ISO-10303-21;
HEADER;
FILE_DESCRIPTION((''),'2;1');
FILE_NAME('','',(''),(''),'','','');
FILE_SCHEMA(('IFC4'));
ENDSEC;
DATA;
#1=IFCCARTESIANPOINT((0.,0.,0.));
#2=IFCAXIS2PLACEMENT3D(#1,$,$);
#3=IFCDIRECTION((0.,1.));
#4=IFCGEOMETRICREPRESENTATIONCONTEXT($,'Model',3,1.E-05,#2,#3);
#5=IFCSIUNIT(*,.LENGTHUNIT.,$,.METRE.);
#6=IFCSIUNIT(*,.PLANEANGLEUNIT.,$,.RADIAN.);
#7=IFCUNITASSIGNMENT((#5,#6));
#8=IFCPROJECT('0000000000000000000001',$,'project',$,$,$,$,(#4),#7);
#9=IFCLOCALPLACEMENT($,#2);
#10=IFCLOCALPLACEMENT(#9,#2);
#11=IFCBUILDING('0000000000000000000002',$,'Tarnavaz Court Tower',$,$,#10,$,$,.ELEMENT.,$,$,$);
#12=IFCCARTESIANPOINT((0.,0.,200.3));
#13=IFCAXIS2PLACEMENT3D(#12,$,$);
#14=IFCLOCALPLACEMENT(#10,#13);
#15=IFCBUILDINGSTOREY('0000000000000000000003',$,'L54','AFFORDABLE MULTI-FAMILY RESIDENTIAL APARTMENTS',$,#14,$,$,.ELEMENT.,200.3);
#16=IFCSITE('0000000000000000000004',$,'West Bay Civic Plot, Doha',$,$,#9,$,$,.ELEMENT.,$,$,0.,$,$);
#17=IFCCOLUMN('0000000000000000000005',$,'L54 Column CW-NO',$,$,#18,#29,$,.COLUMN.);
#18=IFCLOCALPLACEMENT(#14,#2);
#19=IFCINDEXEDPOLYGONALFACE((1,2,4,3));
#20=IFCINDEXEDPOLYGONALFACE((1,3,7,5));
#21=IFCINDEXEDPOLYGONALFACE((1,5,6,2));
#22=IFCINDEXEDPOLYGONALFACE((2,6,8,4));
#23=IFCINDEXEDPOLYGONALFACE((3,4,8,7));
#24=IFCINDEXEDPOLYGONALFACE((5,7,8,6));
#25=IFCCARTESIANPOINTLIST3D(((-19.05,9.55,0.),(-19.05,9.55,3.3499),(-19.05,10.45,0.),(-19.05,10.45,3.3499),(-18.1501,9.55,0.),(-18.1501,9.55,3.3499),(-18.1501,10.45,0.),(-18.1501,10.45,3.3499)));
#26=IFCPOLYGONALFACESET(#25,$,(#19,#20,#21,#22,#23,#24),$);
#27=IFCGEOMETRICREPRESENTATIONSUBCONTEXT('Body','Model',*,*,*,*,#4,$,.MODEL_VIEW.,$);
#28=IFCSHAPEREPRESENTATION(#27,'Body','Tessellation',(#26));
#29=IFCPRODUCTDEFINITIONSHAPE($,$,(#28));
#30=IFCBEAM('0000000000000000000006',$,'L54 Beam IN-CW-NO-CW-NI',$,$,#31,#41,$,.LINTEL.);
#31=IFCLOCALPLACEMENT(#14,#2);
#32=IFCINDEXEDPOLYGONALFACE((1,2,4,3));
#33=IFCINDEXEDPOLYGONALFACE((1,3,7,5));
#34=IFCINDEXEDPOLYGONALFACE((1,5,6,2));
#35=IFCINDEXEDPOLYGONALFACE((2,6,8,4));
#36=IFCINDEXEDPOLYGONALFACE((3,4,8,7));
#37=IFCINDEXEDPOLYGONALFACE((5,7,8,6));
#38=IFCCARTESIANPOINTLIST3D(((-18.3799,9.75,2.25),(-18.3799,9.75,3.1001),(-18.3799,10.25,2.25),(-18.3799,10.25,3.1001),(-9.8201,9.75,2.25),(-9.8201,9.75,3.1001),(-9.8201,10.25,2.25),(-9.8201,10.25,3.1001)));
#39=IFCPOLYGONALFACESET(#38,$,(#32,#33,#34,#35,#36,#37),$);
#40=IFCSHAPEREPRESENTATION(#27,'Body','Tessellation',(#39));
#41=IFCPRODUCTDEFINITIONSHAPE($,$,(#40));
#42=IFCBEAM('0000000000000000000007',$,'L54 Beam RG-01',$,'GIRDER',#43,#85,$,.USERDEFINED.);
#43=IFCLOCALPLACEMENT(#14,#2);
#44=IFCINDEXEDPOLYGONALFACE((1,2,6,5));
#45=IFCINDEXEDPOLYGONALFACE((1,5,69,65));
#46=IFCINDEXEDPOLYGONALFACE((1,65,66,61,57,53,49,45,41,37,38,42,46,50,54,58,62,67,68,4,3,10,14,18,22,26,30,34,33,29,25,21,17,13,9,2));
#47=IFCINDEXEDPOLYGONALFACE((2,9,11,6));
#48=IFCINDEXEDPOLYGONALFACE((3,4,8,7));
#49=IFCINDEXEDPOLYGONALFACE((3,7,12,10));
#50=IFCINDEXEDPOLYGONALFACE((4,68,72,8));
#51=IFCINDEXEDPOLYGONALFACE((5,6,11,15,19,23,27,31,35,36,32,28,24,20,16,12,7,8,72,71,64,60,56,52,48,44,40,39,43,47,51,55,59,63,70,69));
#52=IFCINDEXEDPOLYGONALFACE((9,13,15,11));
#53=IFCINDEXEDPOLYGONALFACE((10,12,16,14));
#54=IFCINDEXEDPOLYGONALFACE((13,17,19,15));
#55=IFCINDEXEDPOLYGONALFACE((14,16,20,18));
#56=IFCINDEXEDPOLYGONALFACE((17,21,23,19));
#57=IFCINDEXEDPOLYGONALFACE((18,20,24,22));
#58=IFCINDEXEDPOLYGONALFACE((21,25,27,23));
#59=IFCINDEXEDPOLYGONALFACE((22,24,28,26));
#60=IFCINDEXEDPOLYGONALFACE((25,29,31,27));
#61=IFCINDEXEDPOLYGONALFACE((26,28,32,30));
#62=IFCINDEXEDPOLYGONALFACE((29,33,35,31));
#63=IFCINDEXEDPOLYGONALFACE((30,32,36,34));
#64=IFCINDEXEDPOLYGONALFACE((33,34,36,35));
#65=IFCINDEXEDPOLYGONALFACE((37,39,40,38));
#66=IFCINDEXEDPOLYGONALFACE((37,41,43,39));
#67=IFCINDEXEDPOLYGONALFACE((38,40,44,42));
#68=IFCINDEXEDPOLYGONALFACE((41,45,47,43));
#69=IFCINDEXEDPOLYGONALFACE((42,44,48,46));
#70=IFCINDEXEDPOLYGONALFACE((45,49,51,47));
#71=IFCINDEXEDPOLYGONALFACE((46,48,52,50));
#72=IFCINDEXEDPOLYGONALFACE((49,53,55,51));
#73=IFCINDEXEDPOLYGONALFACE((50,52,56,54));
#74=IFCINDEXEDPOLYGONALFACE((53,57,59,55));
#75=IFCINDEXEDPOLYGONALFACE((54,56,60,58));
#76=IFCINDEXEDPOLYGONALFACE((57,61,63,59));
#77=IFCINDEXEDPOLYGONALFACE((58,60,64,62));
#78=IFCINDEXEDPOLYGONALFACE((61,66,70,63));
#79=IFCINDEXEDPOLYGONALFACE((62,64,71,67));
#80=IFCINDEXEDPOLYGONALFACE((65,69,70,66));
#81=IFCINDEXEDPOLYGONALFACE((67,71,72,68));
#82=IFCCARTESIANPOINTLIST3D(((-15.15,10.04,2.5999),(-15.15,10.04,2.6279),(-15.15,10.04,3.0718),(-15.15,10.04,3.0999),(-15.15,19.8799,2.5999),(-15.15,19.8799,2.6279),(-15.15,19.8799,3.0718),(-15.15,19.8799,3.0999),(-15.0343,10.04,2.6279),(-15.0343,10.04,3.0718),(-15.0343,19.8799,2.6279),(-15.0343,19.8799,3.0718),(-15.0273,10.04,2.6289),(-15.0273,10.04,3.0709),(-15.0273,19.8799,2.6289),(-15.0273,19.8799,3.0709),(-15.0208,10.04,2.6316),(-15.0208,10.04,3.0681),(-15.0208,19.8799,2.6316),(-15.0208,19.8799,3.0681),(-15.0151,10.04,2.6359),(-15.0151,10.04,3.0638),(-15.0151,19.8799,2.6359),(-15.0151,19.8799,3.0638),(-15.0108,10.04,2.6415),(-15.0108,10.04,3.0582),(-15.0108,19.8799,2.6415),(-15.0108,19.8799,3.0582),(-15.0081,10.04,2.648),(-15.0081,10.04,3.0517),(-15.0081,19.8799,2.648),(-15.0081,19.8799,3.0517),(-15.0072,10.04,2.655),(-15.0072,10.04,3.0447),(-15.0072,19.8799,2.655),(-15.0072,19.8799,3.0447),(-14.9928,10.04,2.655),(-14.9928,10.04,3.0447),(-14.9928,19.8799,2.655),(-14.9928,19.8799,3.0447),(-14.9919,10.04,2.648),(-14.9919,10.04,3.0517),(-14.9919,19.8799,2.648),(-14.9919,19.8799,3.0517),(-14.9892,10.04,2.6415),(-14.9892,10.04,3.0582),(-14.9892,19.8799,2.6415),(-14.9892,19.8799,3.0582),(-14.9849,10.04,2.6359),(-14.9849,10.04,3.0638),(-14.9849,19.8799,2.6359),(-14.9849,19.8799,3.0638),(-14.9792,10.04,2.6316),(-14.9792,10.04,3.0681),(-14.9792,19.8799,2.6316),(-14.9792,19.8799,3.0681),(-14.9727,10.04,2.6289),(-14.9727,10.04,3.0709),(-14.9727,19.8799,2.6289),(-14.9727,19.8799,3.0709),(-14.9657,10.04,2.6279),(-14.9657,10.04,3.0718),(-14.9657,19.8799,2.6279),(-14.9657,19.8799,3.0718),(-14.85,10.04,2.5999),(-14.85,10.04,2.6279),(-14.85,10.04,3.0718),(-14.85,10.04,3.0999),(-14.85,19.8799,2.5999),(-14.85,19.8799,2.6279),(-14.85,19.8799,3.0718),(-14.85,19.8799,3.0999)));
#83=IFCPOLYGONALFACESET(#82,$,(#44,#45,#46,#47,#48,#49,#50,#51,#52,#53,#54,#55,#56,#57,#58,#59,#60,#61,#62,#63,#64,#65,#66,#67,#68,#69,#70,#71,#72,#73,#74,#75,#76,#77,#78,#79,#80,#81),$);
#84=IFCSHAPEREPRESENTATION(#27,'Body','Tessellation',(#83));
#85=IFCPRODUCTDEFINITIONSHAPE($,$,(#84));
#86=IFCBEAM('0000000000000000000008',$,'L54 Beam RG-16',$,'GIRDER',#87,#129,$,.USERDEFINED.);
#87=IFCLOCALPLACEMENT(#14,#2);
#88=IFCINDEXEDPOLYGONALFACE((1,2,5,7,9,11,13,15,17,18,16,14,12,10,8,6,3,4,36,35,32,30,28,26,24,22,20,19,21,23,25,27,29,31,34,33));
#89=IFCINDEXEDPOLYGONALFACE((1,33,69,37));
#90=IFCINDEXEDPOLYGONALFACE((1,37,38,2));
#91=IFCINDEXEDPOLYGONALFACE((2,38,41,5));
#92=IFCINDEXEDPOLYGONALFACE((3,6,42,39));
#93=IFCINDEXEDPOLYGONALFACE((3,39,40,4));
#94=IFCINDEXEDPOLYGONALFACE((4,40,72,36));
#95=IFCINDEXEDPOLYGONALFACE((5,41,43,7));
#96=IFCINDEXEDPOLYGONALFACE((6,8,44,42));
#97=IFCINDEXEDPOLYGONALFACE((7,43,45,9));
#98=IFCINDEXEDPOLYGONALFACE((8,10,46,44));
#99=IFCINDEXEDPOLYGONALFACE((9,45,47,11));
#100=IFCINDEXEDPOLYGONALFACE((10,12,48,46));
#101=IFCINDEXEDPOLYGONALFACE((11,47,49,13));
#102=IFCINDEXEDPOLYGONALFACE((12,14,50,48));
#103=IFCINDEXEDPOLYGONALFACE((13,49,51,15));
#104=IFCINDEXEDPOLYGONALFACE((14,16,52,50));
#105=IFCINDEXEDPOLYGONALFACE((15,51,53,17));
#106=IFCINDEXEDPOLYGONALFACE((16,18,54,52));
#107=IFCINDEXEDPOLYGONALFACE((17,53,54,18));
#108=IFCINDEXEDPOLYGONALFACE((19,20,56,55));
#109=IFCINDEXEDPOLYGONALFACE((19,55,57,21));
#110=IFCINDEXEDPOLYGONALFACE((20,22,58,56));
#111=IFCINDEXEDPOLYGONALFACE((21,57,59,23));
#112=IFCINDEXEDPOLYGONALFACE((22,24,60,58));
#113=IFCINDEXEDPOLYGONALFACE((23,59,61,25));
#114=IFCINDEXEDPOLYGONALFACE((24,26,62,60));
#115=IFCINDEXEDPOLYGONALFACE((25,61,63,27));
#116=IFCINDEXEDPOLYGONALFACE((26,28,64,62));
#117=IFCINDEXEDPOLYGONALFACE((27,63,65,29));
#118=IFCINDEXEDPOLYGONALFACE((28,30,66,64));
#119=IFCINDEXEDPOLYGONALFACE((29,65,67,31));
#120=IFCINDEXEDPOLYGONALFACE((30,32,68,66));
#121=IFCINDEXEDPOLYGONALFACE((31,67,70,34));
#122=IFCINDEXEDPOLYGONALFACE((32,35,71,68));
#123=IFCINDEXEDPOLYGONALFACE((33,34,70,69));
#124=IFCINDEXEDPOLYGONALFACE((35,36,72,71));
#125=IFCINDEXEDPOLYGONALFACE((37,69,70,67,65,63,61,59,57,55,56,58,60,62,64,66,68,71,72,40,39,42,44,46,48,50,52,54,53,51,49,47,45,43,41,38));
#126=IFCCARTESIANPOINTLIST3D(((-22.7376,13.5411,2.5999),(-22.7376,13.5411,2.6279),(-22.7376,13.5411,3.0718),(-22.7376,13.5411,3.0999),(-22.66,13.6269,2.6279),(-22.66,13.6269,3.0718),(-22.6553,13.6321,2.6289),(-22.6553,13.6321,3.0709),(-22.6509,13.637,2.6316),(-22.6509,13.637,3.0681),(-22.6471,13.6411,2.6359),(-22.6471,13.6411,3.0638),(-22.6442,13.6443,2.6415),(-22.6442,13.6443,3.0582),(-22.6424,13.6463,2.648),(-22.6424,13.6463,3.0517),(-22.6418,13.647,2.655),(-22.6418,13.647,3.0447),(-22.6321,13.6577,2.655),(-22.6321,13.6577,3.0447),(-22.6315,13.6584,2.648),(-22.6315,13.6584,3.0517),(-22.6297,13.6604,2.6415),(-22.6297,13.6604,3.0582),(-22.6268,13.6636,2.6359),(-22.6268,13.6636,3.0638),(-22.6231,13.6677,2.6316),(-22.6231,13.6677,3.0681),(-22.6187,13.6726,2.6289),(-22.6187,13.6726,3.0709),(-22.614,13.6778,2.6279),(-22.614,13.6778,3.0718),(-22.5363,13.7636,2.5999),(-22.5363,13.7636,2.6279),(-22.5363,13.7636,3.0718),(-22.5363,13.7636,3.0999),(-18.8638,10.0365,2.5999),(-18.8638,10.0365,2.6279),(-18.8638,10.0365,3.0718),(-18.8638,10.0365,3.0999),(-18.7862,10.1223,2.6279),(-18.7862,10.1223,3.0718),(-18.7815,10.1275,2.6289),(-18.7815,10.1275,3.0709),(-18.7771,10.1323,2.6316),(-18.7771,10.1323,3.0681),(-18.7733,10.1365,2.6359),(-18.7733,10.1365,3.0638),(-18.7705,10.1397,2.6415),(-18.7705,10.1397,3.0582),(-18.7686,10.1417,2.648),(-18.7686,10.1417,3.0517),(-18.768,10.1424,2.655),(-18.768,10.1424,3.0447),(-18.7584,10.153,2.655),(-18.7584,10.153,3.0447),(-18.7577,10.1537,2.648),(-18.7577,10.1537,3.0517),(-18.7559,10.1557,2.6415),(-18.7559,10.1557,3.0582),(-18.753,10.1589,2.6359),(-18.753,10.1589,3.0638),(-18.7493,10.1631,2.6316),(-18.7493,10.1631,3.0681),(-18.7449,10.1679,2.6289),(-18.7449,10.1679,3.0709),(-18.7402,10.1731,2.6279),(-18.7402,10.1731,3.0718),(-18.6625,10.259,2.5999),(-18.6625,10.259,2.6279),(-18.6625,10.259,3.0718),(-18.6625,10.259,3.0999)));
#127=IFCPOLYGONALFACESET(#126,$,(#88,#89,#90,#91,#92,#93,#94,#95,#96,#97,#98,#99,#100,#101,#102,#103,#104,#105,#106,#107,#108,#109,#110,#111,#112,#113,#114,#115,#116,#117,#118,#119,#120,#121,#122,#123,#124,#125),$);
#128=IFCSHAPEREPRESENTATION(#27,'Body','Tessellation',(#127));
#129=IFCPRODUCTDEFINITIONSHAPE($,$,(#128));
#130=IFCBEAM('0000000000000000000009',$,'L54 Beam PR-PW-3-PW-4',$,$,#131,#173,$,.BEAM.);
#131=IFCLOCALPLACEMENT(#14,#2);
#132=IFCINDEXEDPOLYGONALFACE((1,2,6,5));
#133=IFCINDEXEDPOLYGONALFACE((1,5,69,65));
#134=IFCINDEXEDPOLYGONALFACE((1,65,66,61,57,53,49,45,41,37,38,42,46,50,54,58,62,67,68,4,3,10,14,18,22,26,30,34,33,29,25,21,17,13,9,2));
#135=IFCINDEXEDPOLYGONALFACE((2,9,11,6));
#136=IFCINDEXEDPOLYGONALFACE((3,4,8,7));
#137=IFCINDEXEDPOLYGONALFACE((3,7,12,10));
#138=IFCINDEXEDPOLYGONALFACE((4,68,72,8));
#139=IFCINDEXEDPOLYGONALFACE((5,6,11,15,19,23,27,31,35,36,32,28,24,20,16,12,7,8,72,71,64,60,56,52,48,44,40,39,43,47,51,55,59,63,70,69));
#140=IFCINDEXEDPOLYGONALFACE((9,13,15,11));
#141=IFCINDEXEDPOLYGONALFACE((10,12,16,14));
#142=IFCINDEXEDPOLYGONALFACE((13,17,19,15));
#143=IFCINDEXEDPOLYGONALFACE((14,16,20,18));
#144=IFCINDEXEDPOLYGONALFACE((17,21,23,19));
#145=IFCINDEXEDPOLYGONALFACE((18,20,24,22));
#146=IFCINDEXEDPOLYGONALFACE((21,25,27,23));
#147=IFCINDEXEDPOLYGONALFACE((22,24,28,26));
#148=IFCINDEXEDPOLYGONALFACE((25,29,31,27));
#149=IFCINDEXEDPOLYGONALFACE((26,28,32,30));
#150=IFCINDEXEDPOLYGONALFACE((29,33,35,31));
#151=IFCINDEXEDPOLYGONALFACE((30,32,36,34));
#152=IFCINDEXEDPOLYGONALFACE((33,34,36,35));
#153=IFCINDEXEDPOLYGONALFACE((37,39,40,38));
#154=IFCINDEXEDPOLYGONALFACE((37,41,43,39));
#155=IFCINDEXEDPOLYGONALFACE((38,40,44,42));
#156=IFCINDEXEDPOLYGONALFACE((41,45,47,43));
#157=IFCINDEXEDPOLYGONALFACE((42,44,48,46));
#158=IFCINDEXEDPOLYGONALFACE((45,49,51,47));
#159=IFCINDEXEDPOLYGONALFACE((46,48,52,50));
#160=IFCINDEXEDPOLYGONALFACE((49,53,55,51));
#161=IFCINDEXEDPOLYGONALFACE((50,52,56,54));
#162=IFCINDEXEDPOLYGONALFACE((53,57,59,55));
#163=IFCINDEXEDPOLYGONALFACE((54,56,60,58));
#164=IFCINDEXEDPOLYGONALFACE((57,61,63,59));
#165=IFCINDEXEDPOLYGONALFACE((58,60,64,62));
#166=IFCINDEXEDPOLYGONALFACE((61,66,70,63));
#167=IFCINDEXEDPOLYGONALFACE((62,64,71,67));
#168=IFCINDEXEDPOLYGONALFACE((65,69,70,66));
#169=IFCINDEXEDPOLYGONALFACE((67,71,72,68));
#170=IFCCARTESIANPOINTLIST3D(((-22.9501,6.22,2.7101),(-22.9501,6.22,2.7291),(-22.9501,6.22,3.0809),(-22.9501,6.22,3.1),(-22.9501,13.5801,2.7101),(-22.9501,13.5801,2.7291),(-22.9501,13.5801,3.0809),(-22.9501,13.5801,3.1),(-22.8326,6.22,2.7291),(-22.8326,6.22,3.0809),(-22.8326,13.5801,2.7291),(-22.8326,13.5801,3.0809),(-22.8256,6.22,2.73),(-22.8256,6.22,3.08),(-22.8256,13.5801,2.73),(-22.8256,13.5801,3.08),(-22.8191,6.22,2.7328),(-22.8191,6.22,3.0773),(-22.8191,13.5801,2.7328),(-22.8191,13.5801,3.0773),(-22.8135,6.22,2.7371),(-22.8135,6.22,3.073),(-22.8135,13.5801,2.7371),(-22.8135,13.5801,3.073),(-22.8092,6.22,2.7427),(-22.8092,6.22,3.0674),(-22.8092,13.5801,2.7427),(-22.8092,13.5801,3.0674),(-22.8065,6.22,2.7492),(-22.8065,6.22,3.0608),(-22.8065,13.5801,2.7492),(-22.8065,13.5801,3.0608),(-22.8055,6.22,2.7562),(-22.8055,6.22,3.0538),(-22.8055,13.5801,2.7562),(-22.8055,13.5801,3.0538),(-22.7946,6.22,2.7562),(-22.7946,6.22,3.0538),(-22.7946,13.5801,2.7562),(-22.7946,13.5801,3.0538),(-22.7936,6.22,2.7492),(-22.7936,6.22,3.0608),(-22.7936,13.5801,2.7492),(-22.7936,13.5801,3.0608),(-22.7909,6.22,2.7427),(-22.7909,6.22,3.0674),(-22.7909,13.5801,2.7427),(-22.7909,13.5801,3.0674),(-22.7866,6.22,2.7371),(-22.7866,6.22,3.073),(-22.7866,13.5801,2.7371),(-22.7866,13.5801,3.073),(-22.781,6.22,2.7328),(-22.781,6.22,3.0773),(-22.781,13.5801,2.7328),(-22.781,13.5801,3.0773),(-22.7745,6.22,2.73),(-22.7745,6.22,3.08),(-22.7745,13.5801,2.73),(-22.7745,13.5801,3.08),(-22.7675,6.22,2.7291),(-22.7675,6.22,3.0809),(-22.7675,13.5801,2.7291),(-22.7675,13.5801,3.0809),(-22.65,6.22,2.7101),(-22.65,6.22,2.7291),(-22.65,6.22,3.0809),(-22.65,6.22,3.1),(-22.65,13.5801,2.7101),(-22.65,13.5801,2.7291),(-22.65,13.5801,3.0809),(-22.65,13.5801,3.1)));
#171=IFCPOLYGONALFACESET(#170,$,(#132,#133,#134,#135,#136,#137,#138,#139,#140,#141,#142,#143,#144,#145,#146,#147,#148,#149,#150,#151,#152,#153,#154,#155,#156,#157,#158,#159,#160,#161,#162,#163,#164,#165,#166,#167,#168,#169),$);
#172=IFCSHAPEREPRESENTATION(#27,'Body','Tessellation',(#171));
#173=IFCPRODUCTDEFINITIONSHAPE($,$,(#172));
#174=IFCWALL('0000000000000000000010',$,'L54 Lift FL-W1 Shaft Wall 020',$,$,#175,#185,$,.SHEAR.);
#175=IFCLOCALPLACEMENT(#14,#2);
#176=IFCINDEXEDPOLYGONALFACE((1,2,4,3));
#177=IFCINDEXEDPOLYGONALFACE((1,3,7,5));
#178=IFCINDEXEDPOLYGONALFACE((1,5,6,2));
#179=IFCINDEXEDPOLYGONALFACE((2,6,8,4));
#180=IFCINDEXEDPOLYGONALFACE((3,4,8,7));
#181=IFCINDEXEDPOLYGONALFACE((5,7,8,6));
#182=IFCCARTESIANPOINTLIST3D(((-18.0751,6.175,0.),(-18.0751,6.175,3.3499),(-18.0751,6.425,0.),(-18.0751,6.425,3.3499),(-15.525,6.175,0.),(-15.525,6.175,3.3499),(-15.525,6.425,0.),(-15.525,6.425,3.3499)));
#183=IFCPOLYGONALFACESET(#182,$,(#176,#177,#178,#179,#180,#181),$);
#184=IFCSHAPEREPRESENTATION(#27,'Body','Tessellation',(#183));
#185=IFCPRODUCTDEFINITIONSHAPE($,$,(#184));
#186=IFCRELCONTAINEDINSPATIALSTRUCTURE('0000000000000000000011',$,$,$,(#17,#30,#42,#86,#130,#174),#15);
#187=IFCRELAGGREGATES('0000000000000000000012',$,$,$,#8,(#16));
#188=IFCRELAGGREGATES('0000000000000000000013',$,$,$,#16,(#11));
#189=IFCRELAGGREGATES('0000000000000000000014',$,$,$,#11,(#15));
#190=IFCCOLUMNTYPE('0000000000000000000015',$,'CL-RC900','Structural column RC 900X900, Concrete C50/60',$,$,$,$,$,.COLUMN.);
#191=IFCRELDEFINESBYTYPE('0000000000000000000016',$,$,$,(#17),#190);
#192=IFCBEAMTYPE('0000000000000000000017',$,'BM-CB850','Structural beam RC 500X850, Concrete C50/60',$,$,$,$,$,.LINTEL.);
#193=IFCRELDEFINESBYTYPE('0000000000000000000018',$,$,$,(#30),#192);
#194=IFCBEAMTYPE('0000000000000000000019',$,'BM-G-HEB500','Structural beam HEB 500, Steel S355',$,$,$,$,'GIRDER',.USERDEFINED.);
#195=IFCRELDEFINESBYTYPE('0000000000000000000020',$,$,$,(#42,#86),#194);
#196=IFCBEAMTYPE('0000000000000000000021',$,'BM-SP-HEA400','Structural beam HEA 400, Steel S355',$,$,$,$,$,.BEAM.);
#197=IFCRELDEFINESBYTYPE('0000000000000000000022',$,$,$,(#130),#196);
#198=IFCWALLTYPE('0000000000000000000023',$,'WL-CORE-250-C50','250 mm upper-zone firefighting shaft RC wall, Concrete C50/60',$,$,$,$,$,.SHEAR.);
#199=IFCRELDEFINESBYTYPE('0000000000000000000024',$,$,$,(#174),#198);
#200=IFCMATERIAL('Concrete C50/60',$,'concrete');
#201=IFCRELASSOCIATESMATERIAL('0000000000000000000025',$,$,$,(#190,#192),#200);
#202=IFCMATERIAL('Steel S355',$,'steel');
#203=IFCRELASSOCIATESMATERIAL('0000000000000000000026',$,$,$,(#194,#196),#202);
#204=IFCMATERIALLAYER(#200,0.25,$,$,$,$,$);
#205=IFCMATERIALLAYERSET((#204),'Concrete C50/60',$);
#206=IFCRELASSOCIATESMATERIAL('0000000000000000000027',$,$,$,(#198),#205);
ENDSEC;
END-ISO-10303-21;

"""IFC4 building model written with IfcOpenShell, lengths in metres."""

from ifc_helpers import new_model, si_unit, direction, frame, frame_2d, origin, origin_2d, place, context, subcontext, project, spatial, rectangle, i_section, extrude, material, layer, layer_set, material_profile, profile_set, type_object, element, save


model = new_model("IFC4")

# Units and contexts
model_context = context("Model", 3, precision=1e-05, world=origin(), true_north=direction((0.0, 1.0)))
body_context = subcontext(model_context, "Body", "Model", "MODEL_VIEW")
ifc_project = project(units=[si_unit("LENGTHUNIT", "METRE"), si_unit("PLANEANGLEUNIT", "RADIAN")], contexts=[model_context])

# Site, building, storey
site_placement = place(None, origin())
site = spatial("IfcSite", under=ifc_project, at=site_placement, Name="West Bay Civic Plot, Doha", CompositionType="ELEMENT", RefElevation=0.0)
building_placement = place(site_placement, origin())
building = spatial("IfcBuilding", under=site, at=building_placement, Name="Tarnavaz Court Tower", CompositionType="ELEMENT")
storey_placement = place(building_placement, frame((0.0, 0.0, 200.3)))
storey = spatial("IfcBuildingStorey", under=building, at=storey_placement, Name="L54", Description="AFFORDABLE MULTI-FAMILY RESIDENTIAL APARTMENTS", CompositionType="ELEMENT", Elevation=200.3)

# Column
ifc_material_1 = material(Name="Concrete C50/60", Category="concrete")
ifc_material_profile_1 = material_profile(ifc_material_1, rectangle(XDim=0.8999, YDim=0.8999, at=origin_2d()), Name="RC 900X900")
ifc_profile_set_1 = profile_set([ifc_material_profile_1], Name="Concrete C50/60")
column_type = type_object("IfcColumnType", Name="CL-RC900", Description="Structural column RC 900X900, Concrete C50/60", PredefinedType="COLUMN", material=ifc_profile_set_1)
column_placement = place(storey_placement, frame((-18.6001, 10.0, 0.0), z_axis=(0.0, 0.0, 1.0), x_axis=(1.0, 0.0, 0.0)))
element("IfcColumn", 1, at=column_placement, inside=storey, type_object=column_type, Name="L54 Column CW-NO", PredefinedType="COLUMN", context=body_context, shape_type="SweptSolid", body=[
    extrude(rectangle(XDim=0.8999, YDim=0.8999, at=origin_2d()), origin(), (0.0, 0.0, 1.0), 3.3499),
])

# Beams
ifc_material_profile_2 = material_profile(ifc_material_1, rectangle(XDim=0.5, YDim=0.8501, at=origin_2d()), Name="RC 500X850")
ifc_profile_set_2 = profile_set([ifc_material_profile_2], Name="Concrete C50/60")
beam_type_1 = type_object("IfcBeamType", Name="BM-CB850", Description="Structural beam RC 500X850, Concrete C50/60", PredefinedType="LINTEL", material=ifc_profile_set_2)
beam_1_placement = place(storey_placement, frame((-18.3799, 10.0, 2.675), z_axis=(1.0, 0.0, 0.0), x_axis=(0.0, 1.0, 0.0)))
element("IfcBeam", 2, at=beam_1_placement, inside=storey, type_object=beam_type_1, Name="L54 Beam IN-CW-NO-CW-NI", PredefinedType="LINTEL", context=body_context, shape_type="SweptSolid", body=[
    extrude(rectangle(XDim=0.5, YDim=0.8501, at=origin_2d()), origin(), (0.0, 0.0, 1.0), 8.5598),
])
ifc_material_2 = material(Name="Steel S355", Category="steel")
ifc_material_profile_3 = material_profile(ifc_material_2, i_section(OverallWidth=0.3, OverallDepth=0.5, WebThickness=0.0144, FlangeThickness=0.0281, FilletRadius=0.0271, at=origin_2d()), Name="HEB 500")
ifc_profile_set_3 = profile_set([ifc_material_profile_3], Name="Steel S355")
beam_type_2 = type_object("IfcBeamType", Name="BM-G-HEB500", Description="Structural beam HEB 500, Steel S355", ElementType="GIRDER", PredefinedType="USERDEFINED", material=ifc_profile_set_3)
beam_2_placement = place(storey_placement, frame((-15.0, 10.04, 2.8499), z_axis=(0.0, 1.0, 0.0), x_axis=(-1.0, 0.0, 0.0)))
element("IfcBeam", 3, at=beam_2_placement, inside=storey, type_object=beam_type_2, Name="L54 Beam RG-01", ObjectType="GIRDER", PredefinedType="USERDEFINED", context=body_context, shape_type="SweptSolid", body=[
    extrude(i_section(OverallWidth=0.3, OverallDepth=0.5, WebThickness=0.0144, FlangeThickness=0.0281, FilletRadius=0.0271, at=origin_2d()), origin(), (0.0, 0.0, 1.0), 9.8398),
])
beam_3_placement = place(storey_placement, frame((-18.7632, 10.1477, 2.8499), z_axis=(-0.741556, 0.670891, 0.0), x_axis=(-0.670891, -0.741556, 0.0)))
element("IfcBeam", 4, at=beam_3_placement, inside=storey, type_object=beam_type_2, Name="L54 Beam RG-16", ObjectType="GIRDER", PredefinedType="USERDEFINED", context=body_context, shape_type="SweptSolid", body=[
    extrude(i_section(OverallWidth=0.3, OverallDepth=0.5, WebThickness=0.0144, FlangeThickness=0.0281, FilletRadius=0.0271, at=origin_2d()), origin(), (0.0, 0.0, 1.0), 5.2239),
])
ifc_material_profile_4 = material_profile(ifc_material_2, i_section(OverallWidth=0.3, OverallDepth=0.3899, WebThickness=0.011, FlangeThickness=0.019, FilletRadius=0.0271, at=origin_2d()), Name="HEA 400")
ifc_profile_set_4 = profile_set([ifc_material_profile_4], Name="Steel S355")
beam_type_3 = type_object("IfcBeamType", Name="BM-SP-HEA400", Description="Structural beam HEA 400, Steel S355", PredefinedType="BEAM", material=ifc_profile_set_4)
beam_4_placement = place(storey_placement, frame((-22.8, 6.22, 2.905), z_axis=(0.0, 1.0, 0.0), x_axis=(-1.0, 0.0, 0.0)))
element("IfcBeam", 5, at=beam_4_placement, inside=storey, type_object=beam_type_3, Name="L54 Beam PR-PW-3-PW-4", PredefinedType="BEAM", context=body_context, shape_type="SweptSolid", body=[
    extrude(i_section(OverallWidth=0.3, OverallDepth=0.3899, WebThickness=0.011, FlangeThickness=0.019, FilletRadius=0.0271, at=origin_2d()), origin(), (0.0, 0.0, 1.0), 7.3601),
])

# Wall
ifc_layer_1 = layer(ifc_material_1, 0.25)
ifc_layer_set_1 = layer_set([ifc_layer_1], Name="Concrete C50/60")
wall_type_1 = type_object("IfcWallType", Name="WL-CORE-250-C50", Description="250 mm upper-zone firefighting shaft RC wall, Concrete C50/60", PredefinedType="SHEAR", material=ifc_layer_set_1)
wall_1_placement = place(storey_placement, frame((-18.075, 6.3, 0.0), z_axis=(0.0, 0.0, 1.0), x_axis=(1.0, 0.0, 0.0)))
element("IfcWall", 6, at=wall_1_placement, inside=storey, type_object=wall_type_1, Name="L54 Lift FL-W1 Shaft Wall 020", PredefinedType="SHEAR", context=body_context, shape_type="SweptSolid", body=[
    extrude(rectangle(XDim=2.55, YDim=0.25, at=frame_2d((1.2749, 0.0))), origin(), (0.0, 0.0, 1.0), 3.3499),
])

save(model, "model.ifc")
